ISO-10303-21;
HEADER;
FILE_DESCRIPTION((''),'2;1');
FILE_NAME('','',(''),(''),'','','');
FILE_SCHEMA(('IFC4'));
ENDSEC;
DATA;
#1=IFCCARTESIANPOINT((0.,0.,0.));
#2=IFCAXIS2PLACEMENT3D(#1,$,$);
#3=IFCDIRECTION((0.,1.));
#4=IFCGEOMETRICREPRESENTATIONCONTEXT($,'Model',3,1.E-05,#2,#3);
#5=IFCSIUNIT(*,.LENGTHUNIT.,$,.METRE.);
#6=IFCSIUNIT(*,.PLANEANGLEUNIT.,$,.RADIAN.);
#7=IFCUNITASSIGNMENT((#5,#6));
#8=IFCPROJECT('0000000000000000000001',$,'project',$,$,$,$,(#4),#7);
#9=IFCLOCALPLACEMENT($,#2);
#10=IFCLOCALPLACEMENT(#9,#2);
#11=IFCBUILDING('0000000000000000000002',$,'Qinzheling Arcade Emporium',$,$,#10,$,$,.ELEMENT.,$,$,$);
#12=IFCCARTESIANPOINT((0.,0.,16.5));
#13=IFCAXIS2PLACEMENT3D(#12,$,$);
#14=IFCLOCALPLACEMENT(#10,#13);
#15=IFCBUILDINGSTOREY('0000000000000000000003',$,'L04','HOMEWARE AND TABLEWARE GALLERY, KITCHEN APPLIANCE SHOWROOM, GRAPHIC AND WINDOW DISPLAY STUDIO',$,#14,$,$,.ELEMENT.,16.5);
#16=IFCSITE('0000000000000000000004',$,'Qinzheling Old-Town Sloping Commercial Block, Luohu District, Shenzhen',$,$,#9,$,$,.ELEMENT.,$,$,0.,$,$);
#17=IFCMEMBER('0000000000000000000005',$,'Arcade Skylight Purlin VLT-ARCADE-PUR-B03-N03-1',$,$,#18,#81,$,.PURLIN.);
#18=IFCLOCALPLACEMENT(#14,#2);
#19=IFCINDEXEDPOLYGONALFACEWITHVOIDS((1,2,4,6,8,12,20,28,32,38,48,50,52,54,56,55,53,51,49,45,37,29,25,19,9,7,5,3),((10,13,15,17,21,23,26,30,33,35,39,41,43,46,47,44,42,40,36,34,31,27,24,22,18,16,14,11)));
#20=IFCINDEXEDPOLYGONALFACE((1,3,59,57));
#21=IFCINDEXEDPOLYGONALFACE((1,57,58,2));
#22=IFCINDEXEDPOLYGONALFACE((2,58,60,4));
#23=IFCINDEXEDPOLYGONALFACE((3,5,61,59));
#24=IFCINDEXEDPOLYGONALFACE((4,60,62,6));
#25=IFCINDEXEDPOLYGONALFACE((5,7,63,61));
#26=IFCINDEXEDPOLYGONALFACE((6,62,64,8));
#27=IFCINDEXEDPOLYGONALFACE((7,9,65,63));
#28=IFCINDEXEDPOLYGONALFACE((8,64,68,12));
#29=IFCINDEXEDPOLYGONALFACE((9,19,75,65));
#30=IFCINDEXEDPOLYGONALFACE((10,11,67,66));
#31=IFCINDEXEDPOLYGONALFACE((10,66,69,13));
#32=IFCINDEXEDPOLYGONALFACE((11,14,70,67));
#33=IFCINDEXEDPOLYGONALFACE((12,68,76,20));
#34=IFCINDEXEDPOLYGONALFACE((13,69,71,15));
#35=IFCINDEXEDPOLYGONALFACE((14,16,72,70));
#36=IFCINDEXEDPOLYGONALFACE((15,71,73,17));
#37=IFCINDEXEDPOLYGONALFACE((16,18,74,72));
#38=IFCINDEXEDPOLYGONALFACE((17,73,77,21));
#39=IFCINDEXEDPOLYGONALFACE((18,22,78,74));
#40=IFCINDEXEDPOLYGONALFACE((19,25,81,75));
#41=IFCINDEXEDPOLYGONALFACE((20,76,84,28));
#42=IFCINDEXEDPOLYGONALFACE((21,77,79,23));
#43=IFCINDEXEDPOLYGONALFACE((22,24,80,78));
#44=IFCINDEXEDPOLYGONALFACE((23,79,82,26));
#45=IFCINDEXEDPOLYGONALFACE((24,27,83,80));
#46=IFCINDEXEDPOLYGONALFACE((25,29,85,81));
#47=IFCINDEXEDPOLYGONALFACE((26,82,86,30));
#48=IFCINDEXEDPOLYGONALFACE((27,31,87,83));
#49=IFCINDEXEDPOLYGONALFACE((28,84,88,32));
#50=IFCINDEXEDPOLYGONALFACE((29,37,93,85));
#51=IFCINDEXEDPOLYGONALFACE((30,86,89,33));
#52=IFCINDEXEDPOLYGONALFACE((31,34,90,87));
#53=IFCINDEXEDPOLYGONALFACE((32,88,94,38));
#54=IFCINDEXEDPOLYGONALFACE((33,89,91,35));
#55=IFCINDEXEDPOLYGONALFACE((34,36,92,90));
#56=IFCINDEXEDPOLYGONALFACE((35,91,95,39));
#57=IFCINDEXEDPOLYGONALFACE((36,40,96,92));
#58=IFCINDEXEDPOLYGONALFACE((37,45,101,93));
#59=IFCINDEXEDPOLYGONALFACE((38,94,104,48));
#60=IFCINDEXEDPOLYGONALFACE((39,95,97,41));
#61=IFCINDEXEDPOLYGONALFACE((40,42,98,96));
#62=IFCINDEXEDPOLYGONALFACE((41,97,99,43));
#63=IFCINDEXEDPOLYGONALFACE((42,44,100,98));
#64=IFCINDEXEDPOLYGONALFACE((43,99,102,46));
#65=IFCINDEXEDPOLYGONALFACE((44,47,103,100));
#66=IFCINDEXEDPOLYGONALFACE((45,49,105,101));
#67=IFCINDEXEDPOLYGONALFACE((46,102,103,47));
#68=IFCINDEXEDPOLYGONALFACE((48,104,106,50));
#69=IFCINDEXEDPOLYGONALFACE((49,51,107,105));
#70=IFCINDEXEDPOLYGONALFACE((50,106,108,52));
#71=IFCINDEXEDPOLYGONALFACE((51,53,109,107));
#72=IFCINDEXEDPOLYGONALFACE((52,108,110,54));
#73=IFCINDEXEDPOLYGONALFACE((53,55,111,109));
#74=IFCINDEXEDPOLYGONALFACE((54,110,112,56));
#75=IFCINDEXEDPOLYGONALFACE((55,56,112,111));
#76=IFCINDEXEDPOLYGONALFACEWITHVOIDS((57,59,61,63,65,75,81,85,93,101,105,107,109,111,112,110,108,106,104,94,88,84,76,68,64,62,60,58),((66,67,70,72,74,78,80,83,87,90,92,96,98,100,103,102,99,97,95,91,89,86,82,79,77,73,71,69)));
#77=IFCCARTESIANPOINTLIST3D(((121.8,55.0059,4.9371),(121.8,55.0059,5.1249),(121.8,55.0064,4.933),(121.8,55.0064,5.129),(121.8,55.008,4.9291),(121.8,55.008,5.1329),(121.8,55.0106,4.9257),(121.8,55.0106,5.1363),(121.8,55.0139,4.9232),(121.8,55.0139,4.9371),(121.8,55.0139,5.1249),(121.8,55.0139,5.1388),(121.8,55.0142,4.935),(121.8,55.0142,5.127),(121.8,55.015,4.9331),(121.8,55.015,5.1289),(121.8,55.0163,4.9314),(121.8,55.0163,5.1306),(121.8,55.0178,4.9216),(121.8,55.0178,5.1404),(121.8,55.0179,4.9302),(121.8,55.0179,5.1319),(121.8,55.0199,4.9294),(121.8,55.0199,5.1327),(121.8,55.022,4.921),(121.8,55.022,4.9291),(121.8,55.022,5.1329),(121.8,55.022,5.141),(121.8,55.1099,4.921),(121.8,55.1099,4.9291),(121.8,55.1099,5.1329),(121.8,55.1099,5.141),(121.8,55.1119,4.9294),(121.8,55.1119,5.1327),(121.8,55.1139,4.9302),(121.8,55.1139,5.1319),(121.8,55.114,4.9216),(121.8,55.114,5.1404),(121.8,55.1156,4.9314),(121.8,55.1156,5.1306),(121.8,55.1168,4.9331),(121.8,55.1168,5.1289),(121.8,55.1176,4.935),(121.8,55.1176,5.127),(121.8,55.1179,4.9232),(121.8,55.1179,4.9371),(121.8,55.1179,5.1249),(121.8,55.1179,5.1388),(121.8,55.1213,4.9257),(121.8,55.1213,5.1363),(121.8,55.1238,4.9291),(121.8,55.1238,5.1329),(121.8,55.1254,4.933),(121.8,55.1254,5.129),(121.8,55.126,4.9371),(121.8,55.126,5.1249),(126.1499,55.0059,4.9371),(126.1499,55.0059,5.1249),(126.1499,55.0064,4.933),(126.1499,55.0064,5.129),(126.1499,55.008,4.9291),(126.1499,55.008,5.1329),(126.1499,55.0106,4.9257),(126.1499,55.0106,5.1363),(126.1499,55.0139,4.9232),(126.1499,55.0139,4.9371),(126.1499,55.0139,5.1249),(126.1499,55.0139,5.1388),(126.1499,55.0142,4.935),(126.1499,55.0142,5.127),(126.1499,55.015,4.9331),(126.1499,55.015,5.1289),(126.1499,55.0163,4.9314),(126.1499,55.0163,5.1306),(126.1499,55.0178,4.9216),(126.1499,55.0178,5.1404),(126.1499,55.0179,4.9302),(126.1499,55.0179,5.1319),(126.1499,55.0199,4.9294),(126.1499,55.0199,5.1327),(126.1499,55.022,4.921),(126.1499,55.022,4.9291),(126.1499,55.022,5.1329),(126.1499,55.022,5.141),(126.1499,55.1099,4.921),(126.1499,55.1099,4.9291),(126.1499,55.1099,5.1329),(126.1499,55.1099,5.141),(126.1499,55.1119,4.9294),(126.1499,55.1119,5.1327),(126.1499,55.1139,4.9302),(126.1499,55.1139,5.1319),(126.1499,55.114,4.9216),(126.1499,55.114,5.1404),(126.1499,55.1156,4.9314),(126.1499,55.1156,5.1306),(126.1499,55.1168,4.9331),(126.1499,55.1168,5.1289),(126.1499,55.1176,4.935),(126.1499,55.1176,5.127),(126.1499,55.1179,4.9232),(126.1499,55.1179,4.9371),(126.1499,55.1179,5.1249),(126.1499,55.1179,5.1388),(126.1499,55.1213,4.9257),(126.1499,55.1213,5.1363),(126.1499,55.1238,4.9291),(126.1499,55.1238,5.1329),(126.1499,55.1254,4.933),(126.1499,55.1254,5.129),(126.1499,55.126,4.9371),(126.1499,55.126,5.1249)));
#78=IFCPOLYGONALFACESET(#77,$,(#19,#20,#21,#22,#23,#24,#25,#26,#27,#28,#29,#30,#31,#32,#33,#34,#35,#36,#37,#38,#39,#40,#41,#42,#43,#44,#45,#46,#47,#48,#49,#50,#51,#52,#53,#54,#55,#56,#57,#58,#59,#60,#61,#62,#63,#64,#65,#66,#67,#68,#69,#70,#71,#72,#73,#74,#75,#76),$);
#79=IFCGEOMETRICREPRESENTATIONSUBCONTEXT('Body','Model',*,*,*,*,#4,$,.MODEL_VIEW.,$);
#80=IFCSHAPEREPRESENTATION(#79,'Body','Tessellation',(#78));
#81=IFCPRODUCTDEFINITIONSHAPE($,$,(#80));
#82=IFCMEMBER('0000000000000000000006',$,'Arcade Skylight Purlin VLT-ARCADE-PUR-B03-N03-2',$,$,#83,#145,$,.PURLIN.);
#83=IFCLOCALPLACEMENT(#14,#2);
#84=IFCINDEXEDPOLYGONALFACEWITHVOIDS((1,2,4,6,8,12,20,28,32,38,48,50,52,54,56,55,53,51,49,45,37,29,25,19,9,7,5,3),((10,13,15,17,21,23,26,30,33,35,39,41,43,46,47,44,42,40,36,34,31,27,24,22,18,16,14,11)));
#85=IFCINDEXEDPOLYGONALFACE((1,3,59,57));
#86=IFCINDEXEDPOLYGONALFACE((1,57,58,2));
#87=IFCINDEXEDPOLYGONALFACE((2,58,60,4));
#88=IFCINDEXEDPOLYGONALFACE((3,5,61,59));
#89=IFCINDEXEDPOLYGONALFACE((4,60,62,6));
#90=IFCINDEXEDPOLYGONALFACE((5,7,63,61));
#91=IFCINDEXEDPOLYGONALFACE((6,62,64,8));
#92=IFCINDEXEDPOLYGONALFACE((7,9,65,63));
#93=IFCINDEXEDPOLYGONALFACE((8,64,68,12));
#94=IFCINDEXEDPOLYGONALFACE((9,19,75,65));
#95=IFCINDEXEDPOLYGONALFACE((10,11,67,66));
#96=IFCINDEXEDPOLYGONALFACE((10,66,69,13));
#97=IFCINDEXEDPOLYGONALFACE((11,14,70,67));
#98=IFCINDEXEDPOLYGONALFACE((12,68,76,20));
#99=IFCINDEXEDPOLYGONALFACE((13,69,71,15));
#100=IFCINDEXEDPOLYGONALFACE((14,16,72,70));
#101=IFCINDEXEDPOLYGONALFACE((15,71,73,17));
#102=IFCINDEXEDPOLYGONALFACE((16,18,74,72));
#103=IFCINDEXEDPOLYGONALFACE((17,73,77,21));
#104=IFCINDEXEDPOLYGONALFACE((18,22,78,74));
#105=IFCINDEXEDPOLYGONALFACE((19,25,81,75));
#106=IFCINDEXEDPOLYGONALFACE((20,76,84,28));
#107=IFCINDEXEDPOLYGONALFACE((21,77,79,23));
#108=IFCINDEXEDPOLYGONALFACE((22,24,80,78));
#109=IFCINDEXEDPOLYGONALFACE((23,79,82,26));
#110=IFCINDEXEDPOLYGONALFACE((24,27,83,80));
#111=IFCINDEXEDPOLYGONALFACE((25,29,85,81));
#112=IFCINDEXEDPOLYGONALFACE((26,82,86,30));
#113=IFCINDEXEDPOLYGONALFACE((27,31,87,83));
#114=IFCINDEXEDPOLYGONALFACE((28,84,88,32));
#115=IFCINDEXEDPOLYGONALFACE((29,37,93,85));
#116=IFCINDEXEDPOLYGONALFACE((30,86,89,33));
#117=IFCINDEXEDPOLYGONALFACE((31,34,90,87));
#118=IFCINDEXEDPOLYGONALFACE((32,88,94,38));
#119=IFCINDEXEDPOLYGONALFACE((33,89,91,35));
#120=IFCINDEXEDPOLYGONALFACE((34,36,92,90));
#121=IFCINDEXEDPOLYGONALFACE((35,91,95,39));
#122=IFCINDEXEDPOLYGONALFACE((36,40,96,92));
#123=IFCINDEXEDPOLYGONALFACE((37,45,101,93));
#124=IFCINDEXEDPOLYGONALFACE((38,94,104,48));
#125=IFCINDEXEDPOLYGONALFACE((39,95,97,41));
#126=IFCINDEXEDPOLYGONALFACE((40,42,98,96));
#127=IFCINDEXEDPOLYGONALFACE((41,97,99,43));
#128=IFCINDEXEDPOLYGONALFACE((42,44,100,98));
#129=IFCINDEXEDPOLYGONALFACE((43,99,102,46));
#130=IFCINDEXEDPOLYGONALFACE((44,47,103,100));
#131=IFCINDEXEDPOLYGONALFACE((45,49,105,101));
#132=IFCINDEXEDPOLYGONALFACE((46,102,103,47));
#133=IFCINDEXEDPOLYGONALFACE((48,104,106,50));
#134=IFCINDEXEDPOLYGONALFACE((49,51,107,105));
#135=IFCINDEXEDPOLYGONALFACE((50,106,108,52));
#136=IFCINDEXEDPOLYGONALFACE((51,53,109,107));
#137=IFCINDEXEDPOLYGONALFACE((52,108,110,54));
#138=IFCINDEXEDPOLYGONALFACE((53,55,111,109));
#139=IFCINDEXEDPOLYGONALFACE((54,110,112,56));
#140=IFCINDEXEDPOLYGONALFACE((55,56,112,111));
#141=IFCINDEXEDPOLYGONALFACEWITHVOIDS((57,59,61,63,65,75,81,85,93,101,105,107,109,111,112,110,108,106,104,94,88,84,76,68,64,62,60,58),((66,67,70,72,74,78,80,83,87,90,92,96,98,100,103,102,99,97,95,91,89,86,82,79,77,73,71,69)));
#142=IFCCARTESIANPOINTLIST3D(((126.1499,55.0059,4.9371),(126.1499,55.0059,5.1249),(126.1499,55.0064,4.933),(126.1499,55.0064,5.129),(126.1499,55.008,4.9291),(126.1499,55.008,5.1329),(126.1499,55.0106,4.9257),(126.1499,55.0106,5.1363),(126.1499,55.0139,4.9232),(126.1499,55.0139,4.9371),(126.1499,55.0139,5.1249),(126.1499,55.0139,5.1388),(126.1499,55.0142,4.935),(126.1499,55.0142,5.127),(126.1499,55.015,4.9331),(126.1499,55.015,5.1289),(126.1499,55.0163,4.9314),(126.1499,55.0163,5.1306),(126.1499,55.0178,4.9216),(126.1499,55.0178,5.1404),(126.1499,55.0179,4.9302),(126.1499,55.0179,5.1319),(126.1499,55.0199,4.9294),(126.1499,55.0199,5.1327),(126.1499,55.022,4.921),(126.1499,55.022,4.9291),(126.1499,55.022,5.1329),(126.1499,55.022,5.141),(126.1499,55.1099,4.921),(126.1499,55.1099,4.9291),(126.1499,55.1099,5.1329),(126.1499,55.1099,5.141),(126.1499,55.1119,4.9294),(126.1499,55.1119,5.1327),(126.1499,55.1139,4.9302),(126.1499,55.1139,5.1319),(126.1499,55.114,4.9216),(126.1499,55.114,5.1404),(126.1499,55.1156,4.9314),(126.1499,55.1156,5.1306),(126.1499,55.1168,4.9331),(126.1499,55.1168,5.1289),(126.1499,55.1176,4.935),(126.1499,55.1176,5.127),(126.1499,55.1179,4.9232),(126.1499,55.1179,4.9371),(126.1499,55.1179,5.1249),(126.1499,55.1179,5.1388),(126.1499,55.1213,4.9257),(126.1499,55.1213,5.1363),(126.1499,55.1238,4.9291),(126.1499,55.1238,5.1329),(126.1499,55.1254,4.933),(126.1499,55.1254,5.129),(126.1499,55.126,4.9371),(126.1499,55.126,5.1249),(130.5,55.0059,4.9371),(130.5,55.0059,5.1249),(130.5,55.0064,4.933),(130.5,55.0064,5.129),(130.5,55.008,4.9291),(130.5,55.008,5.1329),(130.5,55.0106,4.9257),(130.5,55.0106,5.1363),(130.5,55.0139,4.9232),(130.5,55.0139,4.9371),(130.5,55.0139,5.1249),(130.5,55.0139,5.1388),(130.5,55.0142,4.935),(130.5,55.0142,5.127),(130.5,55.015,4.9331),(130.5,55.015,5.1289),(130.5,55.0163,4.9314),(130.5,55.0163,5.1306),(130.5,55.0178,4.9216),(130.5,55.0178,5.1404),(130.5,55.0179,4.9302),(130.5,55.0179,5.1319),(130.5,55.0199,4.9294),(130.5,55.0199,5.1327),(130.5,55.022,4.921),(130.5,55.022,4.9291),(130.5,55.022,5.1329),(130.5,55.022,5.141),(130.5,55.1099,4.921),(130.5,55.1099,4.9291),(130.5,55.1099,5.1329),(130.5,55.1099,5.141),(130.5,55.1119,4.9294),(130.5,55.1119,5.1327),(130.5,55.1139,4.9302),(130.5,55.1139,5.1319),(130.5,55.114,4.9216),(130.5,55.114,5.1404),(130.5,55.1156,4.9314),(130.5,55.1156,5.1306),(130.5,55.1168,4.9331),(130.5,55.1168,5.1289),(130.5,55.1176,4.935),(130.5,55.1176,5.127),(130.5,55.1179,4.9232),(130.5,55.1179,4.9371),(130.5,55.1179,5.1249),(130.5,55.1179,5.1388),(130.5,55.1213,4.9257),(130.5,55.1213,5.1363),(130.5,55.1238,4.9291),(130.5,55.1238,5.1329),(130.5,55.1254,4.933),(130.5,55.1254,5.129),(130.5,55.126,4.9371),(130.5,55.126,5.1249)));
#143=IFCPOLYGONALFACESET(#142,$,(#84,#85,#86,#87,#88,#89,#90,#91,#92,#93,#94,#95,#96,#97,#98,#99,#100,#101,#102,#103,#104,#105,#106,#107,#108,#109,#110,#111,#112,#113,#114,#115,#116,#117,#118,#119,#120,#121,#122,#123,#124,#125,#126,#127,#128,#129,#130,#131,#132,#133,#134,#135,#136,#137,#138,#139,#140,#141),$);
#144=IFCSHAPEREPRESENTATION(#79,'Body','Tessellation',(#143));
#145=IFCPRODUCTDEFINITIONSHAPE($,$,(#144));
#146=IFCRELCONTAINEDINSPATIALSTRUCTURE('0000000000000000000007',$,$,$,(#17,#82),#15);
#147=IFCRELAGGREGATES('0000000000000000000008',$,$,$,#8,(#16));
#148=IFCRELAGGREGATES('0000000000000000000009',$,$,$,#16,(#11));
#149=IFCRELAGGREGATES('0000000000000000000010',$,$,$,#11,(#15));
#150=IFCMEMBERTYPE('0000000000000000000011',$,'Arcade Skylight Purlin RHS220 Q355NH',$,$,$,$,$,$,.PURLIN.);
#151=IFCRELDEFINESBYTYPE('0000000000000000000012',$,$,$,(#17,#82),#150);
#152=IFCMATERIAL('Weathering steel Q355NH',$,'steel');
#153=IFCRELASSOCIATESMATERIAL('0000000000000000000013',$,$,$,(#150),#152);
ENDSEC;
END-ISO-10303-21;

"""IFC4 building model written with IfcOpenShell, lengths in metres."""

from ifc_helpers import new_model, si_unit, direction, frame, origin, origin_2d, place, context, subcontext, project, spatial, hollow_rectangle, extrude, material, material_profile, profile_set, type_object, element, save


model = new_model("IFC4")

# Units and contexts
model_context = context("Model", 3, precision=1e-05, world=origin(), true_north=direction((0.0, 1.0)))
body_context = subcontext(model_context, "Body", "Model", "MODEL_VIEW")
ifc_project = project(units=[si_unit("LENGTHUNIT", "METRE"), si_unit("PLANEANGLEUNIT", "RADIAN")], contexts=[model_context])

# Site, building, storey
site_placement = place(None, origin())
site = spatial("IfcSite", under=ifc_project, at=site_placement, Name="Qinzheling Old-Town Sloping Commercial Block, Luohu District, Shenzhen", CompositionType="ELEMENT", RefElevation=0.0)
building_placement = place(site_placement, origin())
building = spatial("IfcBuilding", under=site, at=building_placement, Name="Qinzheling Arcade Emporium", CompositionType="ELEMENT")
storey_placement = place(building_placement, frame((0.0, 0.0, 16.5)))
storey = spatial("IfcBuildingStorey", under=building, at=storey_placement, Name="L04", Description="HOMEWARE AND TABLEWARE GALLERY, KITCHEN APPLIANCE SHOWROOM, GRAPHIC AND WINDOW DISPLAY STUDIO", CompositionType="ELEMENT", Elevation=16.5)

# Shared definitions
ifc_material_1 = material(Name="Weathering steel Q355NH", Category="steel")

# Members
ifc_material_profile_1 = material_profile(ifc_material_1, hollow_rectangle(XDim=0.1201, YDim=0.22, WallThickness=0.0081, InnerFilletRadius=0.0081, OuterFilletRadius=0.0161, at=origin_2d()), Name="RHS 220x120x8", Category="steel")
ifc_profile_set_1 = profile_set([ifc_material_profile_1], Name="Weathering steel Q355NH")
member_type = type_object("IfcMemberType", Name="Arcade Skylight Purlin RHS220 Q355NH", PredefinedType="PURLIN", material=ifc_profile_set_1)
member_1_placement = place(storey_placement, frame((121.8, 55.0659, 5.031), z_axis=(1.0, 0.0, 0.0), x_axis=(0.0, 1.0, 0.0)))
element("IfcMember", 1, at=member_1_placement, inside=storey, type_object=member_type, Name="Arcade Skylight Purlin VLT-ARCADE-PUR-B03-N03-1", PredefinedType="PURLIN", context=body_context, shape_type="SweptSolid", body=[
    extrude(hollow_rectangle(XDim=0.1201, YDim=0.22, WallThickness=0.0081, InnerFilletRadius=0.0081, OuterFilletRadius=0.0161, at=origin_2d()), origin(), (0.0, 0.0, 1.0), 4.3499),
])
member_2_placement = place(storey_placement, frame((126.1499, 55.0659, 5.031), z_axis=(1.0, 0.0, 0.0), x_axis=(0.0, 1.0, 0.0)))
element("IfcMember", 2, at=member_2_placement, inside=storey, type_object=member_type, Name="Arcade Skylight Purlin VLT-ARCADE-PUR-B03-N03-2", PredefinedType="PURLIN", context=body_context, shape_type="SweptSolid", body=[
    extrude(hollow_rectangle(XDim=0.1201, YDim=0.22, WallThickness=0.0081, InnerFilletRadius=0.0081, OuterFilletRadius=0.0161, at=origin_2d()), origin(), (0.0, 0.0, 1.0), 4.3501),
])

save(model, "model.ifc")
